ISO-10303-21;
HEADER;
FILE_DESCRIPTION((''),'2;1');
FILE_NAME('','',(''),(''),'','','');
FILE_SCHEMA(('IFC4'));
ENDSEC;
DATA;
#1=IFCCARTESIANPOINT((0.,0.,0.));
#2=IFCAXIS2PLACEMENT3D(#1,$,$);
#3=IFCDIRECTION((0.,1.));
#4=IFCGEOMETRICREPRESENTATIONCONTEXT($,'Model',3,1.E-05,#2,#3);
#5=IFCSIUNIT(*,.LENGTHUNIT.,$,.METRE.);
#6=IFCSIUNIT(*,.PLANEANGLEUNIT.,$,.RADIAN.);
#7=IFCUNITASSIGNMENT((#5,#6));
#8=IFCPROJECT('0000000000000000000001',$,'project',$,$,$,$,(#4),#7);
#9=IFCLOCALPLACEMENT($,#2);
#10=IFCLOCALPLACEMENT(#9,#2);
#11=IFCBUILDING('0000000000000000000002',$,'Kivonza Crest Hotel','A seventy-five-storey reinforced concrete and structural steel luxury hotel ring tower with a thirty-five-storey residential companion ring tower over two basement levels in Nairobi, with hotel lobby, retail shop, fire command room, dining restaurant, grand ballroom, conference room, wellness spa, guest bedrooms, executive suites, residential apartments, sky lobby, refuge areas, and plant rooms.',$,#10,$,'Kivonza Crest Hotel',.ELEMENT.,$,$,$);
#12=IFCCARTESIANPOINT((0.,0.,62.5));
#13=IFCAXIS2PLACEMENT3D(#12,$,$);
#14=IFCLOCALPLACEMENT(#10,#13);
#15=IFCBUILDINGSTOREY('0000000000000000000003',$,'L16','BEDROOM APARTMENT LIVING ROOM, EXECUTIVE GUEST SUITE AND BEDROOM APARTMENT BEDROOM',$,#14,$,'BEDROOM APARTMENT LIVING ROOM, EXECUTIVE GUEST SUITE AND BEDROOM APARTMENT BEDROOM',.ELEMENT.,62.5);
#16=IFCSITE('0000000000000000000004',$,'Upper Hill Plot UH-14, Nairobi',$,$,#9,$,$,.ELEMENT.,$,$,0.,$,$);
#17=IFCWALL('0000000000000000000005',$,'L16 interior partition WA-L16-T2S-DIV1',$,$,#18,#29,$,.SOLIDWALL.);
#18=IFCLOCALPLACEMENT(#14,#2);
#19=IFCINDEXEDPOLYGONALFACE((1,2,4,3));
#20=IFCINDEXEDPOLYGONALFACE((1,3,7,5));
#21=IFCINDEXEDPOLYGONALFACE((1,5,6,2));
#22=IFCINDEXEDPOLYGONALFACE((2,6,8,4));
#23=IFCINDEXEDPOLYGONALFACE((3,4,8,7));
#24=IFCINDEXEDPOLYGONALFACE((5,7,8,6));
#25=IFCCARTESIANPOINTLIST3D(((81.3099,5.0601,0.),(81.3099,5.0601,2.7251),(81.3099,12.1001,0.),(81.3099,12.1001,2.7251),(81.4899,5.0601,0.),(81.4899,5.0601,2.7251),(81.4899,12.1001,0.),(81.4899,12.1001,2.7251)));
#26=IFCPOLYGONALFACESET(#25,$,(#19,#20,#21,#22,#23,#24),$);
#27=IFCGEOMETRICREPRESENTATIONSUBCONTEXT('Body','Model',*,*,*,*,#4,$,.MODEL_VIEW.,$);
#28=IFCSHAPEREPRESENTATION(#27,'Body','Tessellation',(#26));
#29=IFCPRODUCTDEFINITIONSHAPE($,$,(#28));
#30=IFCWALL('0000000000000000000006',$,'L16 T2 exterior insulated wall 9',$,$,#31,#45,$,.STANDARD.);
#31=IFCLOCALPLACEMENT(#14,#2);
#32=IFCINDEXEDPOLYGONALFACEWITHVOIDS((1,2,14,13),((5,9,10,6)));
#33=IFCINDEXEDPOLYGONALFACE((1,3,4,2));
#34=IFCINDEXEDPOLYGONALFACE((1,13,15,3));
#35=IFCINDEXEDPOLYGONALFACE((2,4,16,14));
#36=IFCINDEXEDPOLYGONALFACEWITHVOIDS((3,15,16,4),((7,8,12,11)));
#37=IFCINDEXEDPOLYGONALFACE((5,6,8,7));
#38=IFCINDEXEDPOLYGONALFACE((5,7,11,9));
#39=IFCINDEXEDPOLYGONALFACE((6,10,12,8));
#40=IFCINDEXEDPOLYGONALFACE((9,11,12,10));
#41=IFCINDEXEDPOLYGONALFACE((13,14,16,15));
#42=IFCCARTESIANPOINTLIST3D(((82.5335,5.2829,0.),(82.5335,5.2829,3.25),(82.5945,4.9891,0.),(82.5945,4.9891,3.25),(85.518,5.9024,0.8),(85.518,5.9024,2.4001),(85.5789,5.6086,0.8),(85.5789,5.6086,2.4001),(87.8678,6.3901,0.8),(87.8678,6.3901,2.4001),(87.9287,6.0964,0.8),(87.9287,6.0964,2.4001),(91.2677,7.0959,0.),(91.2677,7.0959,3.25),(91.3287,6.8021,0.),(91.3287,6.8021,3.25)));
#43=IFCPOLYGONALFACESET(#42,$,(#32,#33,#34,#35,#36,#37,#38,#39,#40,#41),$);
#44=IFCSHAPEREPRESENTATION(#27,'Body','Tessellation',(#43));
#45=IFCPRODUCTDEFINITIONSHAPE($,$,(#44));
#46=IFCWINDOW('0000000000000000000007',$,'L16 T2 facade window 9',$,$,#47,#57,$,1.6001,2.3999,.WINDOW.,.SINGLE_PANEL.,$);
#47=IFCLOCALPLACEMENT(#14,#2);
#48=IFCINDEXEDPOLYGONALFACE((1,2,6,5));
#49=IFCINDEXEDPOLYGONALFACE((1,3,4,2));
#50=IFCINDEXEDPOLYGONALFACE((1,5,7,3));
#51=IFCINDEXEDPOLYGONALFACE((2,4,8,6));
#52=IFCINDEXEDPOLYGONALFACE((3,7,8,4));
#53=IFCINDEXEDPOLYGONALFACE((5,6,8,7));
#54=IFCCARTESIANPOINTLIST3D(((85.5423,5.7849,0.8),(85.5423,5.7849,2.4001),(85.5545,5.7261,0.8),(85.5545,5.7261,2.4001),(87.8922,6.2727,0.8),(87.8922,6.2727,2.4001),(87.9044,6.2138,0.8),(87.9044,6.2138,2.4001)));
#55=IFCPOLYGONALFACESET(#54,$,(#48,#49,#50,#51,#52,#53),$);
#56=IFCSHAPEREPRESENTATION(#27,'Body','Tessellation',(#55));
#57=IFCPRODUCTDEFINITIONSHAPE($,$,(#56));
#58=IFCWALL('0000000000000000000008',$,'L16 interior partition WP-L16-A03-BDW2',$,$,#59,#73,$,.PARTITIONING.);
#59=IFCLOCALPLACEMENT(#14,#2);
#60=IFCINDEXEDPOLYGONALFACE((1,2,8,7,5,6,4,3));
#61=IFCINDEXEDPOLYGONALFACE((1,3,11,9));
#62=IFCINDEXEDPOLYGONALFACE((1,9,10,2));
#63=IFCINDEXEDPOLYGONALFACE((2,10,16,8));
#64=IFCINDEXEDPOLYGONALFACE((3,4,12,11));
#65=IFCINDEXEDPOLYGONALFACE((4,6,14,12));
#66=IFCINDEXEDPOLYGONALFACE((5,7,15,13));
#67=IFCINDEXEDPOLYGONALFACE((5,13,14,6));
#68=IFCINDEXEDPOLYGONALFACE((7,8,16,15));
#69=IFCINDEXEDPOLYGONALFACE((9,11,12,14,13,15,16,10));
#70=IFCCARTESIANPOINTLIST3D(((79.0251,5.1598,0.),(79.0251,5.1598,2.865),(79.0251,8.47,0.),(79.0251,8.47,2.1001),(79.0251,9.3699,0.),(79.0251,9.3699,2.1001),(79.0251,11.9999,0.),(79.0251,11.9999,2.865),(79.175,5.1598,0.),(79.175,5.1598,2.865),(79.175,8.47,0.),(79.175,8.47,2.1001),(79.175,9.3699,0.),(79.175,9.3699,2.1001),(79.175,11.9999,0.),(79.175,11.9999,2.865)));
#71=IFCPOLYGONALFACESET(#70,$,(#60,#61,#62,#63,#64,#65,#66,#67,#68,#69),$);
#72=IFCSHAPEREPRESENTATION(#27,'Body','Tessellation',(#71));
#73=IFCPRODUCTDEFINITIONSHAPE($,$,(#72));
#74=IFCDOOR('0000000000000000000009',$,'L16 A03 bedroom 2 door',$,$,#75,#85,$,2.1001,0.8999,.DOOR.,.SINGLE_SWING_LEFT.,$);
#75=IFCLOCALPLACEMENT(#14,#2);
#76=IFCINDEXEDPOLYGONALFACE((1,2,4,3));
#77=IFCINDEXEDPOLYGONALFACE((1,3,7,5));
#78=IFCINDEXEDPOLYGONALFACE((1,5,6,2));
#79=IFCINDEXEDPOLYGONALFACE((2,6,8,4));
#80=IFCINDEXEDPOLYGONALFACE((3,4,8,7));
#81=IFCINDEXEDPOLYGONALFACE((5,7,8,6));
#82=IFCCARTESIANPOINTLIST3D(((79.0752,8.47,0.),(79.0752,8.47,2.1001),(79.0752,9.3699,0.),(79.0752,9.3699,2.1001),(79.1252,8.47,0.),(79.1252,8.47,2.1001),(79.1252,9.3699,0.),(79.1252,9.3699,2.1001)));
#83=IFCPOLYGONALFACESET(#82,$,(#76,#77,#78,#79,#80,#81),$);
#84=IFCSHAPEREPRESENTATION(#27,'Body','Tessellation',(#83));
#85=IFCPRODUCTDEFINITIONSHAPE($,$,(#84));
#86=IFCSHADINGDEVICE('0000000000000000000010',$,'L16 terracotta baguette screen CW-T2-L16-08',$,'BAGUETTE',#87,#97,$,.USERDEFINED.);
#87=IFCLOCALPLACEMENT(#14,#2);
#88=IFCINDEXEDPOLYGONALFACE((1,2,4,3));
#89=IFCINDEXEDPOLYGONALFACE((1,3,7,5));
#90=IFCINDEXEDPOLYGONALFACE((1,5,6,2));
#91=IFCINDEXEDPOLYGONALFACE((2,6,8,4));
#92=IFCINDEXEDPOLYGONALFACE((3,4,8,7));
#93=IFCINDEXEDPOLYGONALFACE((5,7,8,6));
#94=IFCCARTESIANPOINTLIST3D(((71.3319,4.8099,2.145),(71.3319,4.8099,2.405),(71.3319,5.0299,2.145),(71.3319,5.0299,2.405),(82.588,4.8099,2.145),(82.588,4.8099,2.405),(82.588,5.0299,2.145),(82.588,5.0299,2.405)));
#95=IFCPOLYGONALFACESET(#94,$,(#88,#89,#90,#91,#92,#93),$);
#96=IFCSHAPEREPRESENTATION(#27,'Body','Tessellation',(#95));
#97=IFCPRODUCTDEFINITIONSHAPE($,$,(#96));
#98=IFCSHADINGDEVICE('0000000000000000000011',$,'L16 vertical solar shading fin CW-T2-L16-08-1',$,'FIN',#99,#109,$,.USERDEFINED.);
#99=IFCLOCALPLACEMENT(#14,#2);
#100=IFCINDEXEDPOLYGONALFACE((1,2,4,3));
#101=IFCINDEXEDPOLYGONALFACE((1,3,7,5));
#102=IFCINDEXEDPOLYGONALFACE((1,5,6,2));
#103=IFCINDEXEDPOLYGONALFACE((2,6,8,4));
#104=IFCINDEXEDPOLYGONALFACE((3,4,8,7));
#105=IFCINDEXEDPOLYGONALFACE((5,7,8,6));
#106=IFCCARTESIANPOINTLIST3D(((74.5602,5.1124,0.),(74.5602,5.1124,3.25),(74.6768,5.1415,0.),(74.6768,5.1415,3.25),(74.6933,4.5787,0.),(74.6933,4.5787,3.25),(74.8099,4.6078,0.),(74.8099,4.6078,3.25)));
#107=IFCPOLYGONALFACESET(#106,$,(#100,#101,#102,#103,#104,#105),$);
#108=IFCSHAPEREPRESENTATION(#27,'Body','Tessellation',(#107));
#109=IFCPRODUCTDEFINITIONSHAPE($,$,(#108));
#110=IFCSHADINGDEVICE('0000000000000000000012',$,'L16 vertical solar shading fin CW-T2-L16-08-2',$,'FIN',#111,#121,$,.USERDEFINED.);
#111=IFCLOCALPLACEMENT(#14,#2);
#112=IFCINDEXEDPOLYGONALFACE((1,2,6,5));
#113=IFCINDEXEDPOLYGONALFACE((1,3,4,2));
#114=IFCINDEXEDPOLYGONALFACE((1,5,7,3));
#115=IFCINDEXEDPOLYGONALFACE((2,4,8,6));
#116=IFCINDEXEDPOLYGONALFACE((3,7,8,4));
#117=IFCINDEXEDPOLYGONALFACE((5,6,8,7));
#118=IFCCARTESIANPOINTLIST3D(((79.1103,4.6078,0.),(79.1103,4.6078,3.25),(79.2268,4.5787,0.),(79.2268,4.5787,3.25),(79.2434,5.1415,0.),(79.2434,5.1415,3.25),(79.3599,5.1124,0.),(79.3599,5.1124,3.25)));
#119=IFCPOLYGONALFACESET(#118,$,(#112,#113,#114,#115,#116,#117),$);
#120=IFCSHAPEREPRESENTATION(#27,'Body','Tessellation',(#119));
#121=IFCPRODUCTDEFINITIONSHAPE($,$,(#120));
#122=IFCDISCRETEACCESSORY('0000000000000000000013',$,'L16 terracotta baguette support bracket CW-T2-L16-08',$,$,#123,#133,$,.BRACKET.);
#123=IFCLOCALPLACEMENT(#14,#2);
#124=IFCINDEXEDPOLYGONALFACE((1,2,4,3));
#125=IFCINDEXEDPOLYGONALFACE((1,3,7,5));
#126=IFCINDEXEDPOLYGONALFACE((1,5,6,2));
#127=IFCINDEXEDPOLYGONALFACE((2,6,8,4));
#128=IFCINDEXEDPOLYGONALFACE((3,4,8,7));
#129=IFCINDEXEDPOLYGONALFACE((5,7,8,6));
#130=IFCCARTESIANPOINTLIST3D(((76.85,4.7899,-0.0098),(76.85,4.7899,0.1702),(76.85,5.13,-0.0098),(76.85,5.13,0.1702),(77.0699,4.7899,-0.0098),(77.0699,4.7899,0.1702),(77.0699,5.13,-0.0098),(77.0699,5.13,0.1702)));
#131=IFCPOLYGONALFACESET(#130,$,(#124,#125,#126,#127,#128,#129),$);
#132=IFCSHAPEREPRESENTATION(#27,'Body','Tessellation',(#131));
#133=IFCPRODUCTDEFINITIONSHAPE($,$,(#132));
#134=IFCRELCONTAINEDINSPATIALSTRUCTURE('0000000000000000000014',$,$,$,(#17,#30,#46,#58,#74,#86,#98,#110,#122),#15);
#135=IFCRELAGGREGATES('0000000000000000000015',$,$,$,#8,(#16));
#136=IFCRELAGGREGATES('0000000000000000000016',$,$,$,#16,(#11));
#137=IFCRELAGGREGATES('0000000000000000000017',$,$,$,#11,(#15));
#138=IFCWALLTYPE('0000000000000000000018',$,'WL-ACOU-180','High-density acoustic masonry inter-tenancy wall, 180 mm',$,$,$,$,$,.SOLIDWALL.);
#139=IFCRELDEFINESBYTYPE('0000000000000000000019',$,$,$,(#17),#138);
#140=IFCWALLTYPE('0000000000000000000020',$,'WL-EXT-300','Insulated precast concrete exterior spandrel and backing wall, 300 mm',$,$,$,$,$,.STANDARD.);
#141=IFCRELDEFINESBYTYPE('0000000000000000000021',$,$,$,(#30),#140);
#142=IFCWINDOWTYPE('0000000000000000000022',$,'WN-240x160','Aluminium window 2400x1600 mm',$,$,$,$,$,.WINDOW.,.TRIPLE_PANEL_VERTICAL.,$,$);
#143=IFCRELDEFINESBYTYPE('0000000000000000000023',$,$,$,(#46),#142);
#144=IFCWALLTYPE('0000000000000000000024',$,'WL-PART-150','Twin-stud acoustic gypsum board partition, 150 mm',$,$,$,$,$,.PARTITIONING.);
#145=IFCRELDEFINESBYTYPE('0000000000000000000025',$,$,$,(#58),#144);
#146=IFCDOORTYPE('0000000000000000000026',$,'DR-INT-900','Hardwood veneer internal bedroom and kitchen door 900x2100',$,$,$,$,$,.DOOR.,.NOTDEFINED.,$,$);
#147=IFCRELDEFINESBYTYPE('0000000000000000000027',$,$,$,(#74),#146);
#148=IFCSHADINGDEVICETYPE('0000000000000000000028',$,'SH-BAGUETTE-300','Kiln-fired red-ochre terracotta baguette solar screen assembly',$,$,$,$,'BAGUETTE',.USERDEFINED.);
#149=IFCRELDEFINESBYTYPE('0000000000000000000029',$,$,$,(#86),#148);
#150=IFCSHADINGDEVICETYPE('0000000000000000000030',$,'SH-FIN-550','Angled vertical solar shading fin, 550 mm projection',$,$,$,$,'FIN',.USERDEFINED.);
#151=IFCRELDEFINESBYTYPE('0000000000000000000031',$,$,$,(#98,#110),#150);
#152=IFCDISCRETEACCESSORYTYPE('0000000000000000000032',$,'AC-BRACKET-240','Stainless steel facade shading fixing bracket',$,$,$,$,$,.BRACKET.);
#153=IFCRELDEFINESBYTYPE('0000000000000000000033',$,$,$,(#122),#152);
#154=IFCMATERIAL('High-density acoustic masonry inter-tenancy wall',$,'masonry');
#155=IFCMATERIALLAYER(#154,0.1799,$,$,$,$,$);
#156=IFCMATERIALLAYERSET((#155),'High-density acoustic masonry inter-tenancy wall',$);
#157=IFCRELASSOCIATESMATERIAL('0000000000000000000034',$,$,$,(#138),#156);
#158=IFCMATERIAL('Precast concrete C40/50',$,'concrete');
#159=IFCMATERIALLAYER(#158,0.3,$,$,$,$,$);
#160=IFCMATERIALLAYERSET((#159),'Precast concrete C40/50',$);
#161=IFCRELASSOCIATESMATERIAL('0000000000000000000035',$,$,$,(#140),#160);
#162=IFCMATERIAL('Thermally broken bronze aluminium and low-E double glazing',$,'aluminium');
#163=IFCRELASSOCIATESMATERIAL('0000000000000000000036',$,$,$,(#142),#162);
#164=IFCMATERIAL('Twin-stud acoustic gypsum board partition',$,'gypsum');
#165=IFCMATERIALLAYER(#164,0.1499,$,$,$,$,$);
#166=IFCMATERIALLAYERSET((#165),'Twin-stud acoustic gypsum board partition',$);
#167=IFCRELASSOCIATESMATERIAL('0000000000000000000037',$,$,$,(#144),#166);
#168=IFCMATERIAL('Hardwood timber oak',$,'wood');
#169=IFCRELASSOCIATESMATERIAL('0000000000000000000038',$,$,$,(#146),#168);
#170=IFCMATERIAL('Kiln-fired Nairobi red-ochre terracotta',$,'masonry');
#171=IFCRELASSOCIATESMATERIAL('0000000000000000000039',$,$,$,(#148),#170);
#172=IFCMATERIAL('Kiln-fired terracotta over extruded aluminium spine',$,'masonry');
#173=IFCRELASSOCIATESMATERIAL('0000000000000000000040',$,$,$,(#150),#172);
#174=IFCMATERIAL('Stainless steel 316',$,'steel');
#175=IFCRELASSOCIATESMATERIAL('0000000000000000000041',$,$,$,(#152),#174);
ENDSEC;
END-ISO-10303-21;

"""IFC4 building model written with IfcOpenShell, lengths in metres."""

from ifc_helpers import new_model, si_unit, direction, frame, frame_2d, origin, origin_2d, place, context, subcontext, project, spatial, rectangle, extrude, material, layer, layer_set, type_object, element, fill, save


model = new_model("IFC4")

# Units and contexts
model_context = context("Model", 3, precision=1e-05, world=origin(), true_north=direction((0.0, 1.0)))
body_context = subcontext(model_context, "Body", "Model", "MODEL_VIEW")
ifc_project = project(units=[si_unit("LENGTHUNIT", "METRE"), si_unit("PLANEANGLEUNIT", "RADIAN")], contexts=[model_context])

# Site, building, storey
site_placement = place(None, origin())
site = spatial("IfcSite", under=ifc_project, at=site_placement, Name="Upper Hill Plot UH-14, Nairobi", CompositionType="ELEMENT", RefElevation=0.0)
building_placement = place(site_placement, origin())
building = spatial("IfcBuilding", under=site, at=building_placement, Name="Kivonza Crest Hotel", Description="A seventy-five-storey reinforced concrete and structural steel luxury hotel ring tower with a thirty-five-storey residential companion ring tower over two basement levels in Nairobi, with hotel lobby, retail shop, fire command room, dining restaurant, grand ballroom, conference room, wellness spa, guest bedrooms, executive suites, residential apartments, sky lobby, refuge areas, and plant rooms.", LongName="Kivonza Crest Hotel", CompositionType="ELEMENT")
storey_placement = place(building_placement, frame((0.0, 0.0, 62.5)))
storey = spatial("IfcBuildingStorey", under=building, at=storey_placement, Name="L16", Description="BEDROOM APARTMENT LIVING ROOM, EXECUTIVE GUEST SUITE AND BEDROOM APARTMENT BEDROOM", LongName="BEDROOM APARTMENT LIVING ROOM, EXECUTIVE GUEST SUITE AND BEDROOM APARTMENT BEDROOM", CompositionType="ELEMENT", Elevation=62.5)

# Wall
ifc_material_1 = material(Name="High-density acoustic masonry inter-tenancy wall", Category="masonry")
ifc_layer_1 = layer(ifc_material_1, 0.1799)
ifc_layer_set_1 = layer_set([ifc_layer_1], Name="High-density acoustic masonry inter-tenancy wall")
wall_type_1 = type_object("IfcWallType", Name="WL-ACOU-180", Description="High-density acoustic masonry inter-tenancy wall, 180 mm", PredefinedType="SOLIDWALL", material=ifc_layer_set_1)
wall_1_placement = place(storey_placement, frame((81.3999, 5.0601, 0.0), z_axis=(0.0, 0.0, 1.0), x_axis=(0.0, 1.0, 0.0)))
element("IfcWall", 1, at=wall_1_placement, inside=storey, type_object=wall_type_1, Name="L16 interior partition WA-L16-T2S-DIV1", PredefinedType="SOLIDWALL", context=body_context, shape_type="SweptSolid", body=[
    extrude(rectangle(XDim=7.04, YDim=0.1799, at=frame_2d((3.52, 0.0))), origin(), (0.0, 0.0, 1.0), 2.7251),
])

# Wall, opening, window
ifc_material_2 = material(Name="Precast concrete C40/50", Category="concrete")
ifc_layer_2 = layer(ifc_material_2, 0.3)
ifc_layer_set_2 = layer_set([ifc_layer_2], Name="Precast concrete C40/50")
wall_type_2 = type_object("IfcWallType", Name="WL-EXT-300", Description="Insulated precast concrete exterior spandrel and backing wall, 300 mm", PredefinedType="STANDARD", material=ifc_layer_set_2)
wall_2_placement = place(storey_placement, frame((82.564, 5.136, 0.0), z_axis=(0.0, 0.0, 1.0), x_axis=(0.979128, 0.203243, 0.0)))
wall_2 = element("IfcWall", 2, at=wall_2_placement, inside=storey, type_object=wall_type_2, Name="L16 T2 exterior insulated wall 9", PredefinedType="STANDARD", context=body_context, shape_type="SweptSolid", body=[
    extrude(rectangle(XDim=8.9204, YDim=0.3, at=frame_2d((4.4602, 0.0))), origin(), (0.0, 0.0, 1.0), 3.25),
])
opening_1_placement = place(wall_2_placement, frame((3.0481, 0.0, 0.8)))
opening_1 = element("IfcOpeningElement", 3, at=opening_1_placement, cuts=wall_2, PredefinedType="OPENING", context=body_context, shape_type="SweptSolid", body=[
    extrude(rectangle(XDim=2.3999, YDim=1.6001, at=frame_2d((1.2, 0.8))), frame((0.0, 0.1602, 0.0), z_axis=(0.0, -1.0, 0.0), x_axis=(1.0, 0.0, 0.0)), (0.0, 0.0, 1.0), 0.3201),
])
ifc_material_3 = material(Name="Thermally broken bronze aluminium and low-E double glazing", Category="aluminium")
window_type = type_object("IfcWindowType", Name="WN-240x160", Description="Aluminium window 2400x1600 mm", PartitioningType="TRIPLE_PANEL_VERTICAL", PredefinedType="WINDOW", material=ifc_material_3)
window_placement = place(opening_1_placement, origin())
window = element("IfcWindow", 4, at=window_placement, inside=storey, type_object=window_type, Name="L16 T2 facade window 9", OverallHeight=1.6001, OverallWidth=2.3999, PartitioningType="SINGLE_PANEL", PredefinedType="WINDOW", context=body_context, shape_type="SweptSolid", body=[
    extrude(rectangle(XDim=2.3999, YDim=1.6001, at=frame_2d((1.2, 0.8))), frame((0.0, 0.03, 0.0), z_axis=(0.0, -1.0, 0.0), x_axis=(1.0, 0.0, 0.0)), (0.0, 0.0, 1.0), 0.0601),
])
fill(opening_1, window)

# Wall, opening, door
ifc_material_4 = material(Name="Twin-stud acoustic gypsum board partition", Category="gypsum")
ifc_layer_3 = layer(ifc_material_4, 0.1499)
ifc_layer_set_3 = layer_set([ifc_layer_3], Name="Twin-stud acoustic gypsum board partition")
wall_type_3 = type_object("IfcWallType", Name="WL-PART-150", Description="Twin-stud acoustic gypsum board partition, 150 mm", PredefinedType="PARTITIONING", material=ifc_layer_set_3)
wall_3_placement = place(storey_placement, frame((79.1001, 5.1599, 0.0), z_axis=(0.0, 0.0, 1.0), x_axis=(0.0, 1.0, 0.0)))
wall_3 = element("IfcWall", 5, at=wall_3_placement, inside=storey, type_object=wall_type_3, Name="L16 interior partition WP-L16-A03-BDW2", PredefinedType="PARTITIONING", context=body_context, shape_type="SweptSolid", body=[
    extrude(rectangle(XDim=6.8401, YDim=0.1499, at=frame_2d((3.4199, 0.0))), origin(), (0.0, 0.0, 1.0), 2.865),
])
opening_2_placement = place(wall_3_placement, frame((3.3101, 0.0, 0.0)))
opening_2 = element("IfcOpeningElement", 6, at=opening_2_placement, cuts=wall_3, PredefinedType="OPENING", context=body_context, shape_type="SweptSolid", body=[
    extrude(rectangle(XDim=0.8999, YDim=2.1001, at=frame_2d((0.45, 1.05))), frame((0.0, 0.085, 0.0), z_axis=(0.0, -1.0, 0.0), x_axis=(1.0, 0.0, 0.0)), (0.0, 0.0, 1.0), 0.1699),
])
ifc_material_5 = material(Name="Hardwood timber oak", Category="wood")
door_type = type_object("IfcDoorType", Name="DR-INT-900", Description="Hardwood veneer internal bedroom and kitchen door 900x2100", OperationType="NOTDEFINED", PredefinedType="DOOR", material=ifc_material_5)
door_placement = place(opening_2_placement, origin())
door = element("IfcDoor", 7, at=door_placement, inside=storey, type_object=door_type, Name="L16 A03 bedroom 2 door", OperationType="SINGLE_SWING_LEFT", OverallHeight=2.1001, OverallWidth=0.8999, PredefinedType="DOOR", context=body_context, shape_type="SweptSolid", body=[
    extrude(rectangle(XDim=0.8999, YDim=2.1001, at=frame_2d((0.45, 1.05))), frame((0.0, 0.0249, 0.0), z_axis=(0.0, -1.0, 0.0), x_axis=(1.0, 0.0, 0.0)), (0.0, 0.0, 1.0), 0.05),
])
fill(opening_2, door)

# Shading devices
ifc_material_6 = material(Name="Kiln-fired Nairobi red-ochre terracotta", Category="masonry")
shading_device_type_1 = type_object("IfcShadingDeviceType", Name="SH-BAGUETTE-300", Description="Kiln-fired red-ochre terracotta baguette solar screen assembly", ElementType="BAGUETTE", PredefinedType="USERDEFINED", material=ifc_material_6)
shading_device_placement = place(storey_placement, frame((76.96, 4.9199, 2.145), z_axis=(0.0, 0.0, 1.0), x_axis=(1.0, 0.0, 0.0)))
element("IfcShadingDevice", 8, at=shading_device_placement, inside=storey, type_object=shading_device_type_1, Name="L16 terracotta baguette screen CW-T2-L16-08", ObjectType="BAGUETTE", PredefinedType="USERDEFINED", context=body_context, shape_type="SweptSolid", body=[
    extrude(rectangle(XDim=11.2561, YDim=0.22, at=origin_2d()), origin(), (0.0, 0.0, 1.0), 0.26),
])
ifc_material_7 = material(Name="Kiln-fired terracotta over extruded aluminium spine", Category="masonry")
shading_device_type_2 = type_object("IfcShadingDeviceType", Name="SH-FIN-550", Description="Angled vertical solar shading fin, 550 mm projection", ElementType="FIN", PredefinedType="USERDEFINED", material=ifc_material_7)
for number, where, z_axis, x_axis, name in (
    (9, (74.6851, 4.8601, 0.0), (0.0, 0.0, 1.0), (0.970296, 0.241922, 0.0), "L16 vertical solar shading fin CW-T2-L16-08-1"),
    (10, (79.2351, 4.8601, 0.0), (0.0, 0.0, 1.0), (0.970296, -0.241922, 0.0), "L16 vertical solar shading fin CW-T2-L16-08-2"),
):
    element("IfcShadingDevice", number, at=place(storey_placement, frame(where, z_axis=z_axis, x_axis=x_axis)), inside=storey, type_object=shading_device_type_2, Name=name, ObjectType="FIN", PredefinedType="USERDEFINED", context=body_context, shape_type="SweptSolid", body=[
        extrude(rectangle(XDim=0.1201, YDim=0.55, at=origin_2d()), origin(), (0.0, 0.0, 1.0), 3.25),
    ])

# Discrete accessory
ifc_material_8 = material(Name="Stainless steel 316", Category="steel")
discrete_accessory_type = type_object("IfcDiscreteAccessoryType", Name="AC-BRACKET-240", Description="Stainless steel facade shading fixing bracket", PredefinedType="BRACKET", material=ifc_material_8)
discrete_accessory_placement = place(storey_placement, frame((76.96, 4.96, -0.0098), z_axis=(0.0, 0.0, 1.0), x_axis=(1.0, 0.0, 0.0)))
element("IfcDiscreteAccessory", 11, at=discrete_accessory_placement, inside=storey, type_object=discrete_accessory_type, Name="L16 terracotta baguette support bracket CW-T2-L16-08", PredefinedType="BRACKET", context=body_context, shape_type="SweptSolid", body=[
    extrude(rectangle(XDim=0.22, YDim=0.3401, at=origin_2d()), origin(), (0.0, 0.0, 1.0), 0.1799),
])

save(model, "model.ifc")
